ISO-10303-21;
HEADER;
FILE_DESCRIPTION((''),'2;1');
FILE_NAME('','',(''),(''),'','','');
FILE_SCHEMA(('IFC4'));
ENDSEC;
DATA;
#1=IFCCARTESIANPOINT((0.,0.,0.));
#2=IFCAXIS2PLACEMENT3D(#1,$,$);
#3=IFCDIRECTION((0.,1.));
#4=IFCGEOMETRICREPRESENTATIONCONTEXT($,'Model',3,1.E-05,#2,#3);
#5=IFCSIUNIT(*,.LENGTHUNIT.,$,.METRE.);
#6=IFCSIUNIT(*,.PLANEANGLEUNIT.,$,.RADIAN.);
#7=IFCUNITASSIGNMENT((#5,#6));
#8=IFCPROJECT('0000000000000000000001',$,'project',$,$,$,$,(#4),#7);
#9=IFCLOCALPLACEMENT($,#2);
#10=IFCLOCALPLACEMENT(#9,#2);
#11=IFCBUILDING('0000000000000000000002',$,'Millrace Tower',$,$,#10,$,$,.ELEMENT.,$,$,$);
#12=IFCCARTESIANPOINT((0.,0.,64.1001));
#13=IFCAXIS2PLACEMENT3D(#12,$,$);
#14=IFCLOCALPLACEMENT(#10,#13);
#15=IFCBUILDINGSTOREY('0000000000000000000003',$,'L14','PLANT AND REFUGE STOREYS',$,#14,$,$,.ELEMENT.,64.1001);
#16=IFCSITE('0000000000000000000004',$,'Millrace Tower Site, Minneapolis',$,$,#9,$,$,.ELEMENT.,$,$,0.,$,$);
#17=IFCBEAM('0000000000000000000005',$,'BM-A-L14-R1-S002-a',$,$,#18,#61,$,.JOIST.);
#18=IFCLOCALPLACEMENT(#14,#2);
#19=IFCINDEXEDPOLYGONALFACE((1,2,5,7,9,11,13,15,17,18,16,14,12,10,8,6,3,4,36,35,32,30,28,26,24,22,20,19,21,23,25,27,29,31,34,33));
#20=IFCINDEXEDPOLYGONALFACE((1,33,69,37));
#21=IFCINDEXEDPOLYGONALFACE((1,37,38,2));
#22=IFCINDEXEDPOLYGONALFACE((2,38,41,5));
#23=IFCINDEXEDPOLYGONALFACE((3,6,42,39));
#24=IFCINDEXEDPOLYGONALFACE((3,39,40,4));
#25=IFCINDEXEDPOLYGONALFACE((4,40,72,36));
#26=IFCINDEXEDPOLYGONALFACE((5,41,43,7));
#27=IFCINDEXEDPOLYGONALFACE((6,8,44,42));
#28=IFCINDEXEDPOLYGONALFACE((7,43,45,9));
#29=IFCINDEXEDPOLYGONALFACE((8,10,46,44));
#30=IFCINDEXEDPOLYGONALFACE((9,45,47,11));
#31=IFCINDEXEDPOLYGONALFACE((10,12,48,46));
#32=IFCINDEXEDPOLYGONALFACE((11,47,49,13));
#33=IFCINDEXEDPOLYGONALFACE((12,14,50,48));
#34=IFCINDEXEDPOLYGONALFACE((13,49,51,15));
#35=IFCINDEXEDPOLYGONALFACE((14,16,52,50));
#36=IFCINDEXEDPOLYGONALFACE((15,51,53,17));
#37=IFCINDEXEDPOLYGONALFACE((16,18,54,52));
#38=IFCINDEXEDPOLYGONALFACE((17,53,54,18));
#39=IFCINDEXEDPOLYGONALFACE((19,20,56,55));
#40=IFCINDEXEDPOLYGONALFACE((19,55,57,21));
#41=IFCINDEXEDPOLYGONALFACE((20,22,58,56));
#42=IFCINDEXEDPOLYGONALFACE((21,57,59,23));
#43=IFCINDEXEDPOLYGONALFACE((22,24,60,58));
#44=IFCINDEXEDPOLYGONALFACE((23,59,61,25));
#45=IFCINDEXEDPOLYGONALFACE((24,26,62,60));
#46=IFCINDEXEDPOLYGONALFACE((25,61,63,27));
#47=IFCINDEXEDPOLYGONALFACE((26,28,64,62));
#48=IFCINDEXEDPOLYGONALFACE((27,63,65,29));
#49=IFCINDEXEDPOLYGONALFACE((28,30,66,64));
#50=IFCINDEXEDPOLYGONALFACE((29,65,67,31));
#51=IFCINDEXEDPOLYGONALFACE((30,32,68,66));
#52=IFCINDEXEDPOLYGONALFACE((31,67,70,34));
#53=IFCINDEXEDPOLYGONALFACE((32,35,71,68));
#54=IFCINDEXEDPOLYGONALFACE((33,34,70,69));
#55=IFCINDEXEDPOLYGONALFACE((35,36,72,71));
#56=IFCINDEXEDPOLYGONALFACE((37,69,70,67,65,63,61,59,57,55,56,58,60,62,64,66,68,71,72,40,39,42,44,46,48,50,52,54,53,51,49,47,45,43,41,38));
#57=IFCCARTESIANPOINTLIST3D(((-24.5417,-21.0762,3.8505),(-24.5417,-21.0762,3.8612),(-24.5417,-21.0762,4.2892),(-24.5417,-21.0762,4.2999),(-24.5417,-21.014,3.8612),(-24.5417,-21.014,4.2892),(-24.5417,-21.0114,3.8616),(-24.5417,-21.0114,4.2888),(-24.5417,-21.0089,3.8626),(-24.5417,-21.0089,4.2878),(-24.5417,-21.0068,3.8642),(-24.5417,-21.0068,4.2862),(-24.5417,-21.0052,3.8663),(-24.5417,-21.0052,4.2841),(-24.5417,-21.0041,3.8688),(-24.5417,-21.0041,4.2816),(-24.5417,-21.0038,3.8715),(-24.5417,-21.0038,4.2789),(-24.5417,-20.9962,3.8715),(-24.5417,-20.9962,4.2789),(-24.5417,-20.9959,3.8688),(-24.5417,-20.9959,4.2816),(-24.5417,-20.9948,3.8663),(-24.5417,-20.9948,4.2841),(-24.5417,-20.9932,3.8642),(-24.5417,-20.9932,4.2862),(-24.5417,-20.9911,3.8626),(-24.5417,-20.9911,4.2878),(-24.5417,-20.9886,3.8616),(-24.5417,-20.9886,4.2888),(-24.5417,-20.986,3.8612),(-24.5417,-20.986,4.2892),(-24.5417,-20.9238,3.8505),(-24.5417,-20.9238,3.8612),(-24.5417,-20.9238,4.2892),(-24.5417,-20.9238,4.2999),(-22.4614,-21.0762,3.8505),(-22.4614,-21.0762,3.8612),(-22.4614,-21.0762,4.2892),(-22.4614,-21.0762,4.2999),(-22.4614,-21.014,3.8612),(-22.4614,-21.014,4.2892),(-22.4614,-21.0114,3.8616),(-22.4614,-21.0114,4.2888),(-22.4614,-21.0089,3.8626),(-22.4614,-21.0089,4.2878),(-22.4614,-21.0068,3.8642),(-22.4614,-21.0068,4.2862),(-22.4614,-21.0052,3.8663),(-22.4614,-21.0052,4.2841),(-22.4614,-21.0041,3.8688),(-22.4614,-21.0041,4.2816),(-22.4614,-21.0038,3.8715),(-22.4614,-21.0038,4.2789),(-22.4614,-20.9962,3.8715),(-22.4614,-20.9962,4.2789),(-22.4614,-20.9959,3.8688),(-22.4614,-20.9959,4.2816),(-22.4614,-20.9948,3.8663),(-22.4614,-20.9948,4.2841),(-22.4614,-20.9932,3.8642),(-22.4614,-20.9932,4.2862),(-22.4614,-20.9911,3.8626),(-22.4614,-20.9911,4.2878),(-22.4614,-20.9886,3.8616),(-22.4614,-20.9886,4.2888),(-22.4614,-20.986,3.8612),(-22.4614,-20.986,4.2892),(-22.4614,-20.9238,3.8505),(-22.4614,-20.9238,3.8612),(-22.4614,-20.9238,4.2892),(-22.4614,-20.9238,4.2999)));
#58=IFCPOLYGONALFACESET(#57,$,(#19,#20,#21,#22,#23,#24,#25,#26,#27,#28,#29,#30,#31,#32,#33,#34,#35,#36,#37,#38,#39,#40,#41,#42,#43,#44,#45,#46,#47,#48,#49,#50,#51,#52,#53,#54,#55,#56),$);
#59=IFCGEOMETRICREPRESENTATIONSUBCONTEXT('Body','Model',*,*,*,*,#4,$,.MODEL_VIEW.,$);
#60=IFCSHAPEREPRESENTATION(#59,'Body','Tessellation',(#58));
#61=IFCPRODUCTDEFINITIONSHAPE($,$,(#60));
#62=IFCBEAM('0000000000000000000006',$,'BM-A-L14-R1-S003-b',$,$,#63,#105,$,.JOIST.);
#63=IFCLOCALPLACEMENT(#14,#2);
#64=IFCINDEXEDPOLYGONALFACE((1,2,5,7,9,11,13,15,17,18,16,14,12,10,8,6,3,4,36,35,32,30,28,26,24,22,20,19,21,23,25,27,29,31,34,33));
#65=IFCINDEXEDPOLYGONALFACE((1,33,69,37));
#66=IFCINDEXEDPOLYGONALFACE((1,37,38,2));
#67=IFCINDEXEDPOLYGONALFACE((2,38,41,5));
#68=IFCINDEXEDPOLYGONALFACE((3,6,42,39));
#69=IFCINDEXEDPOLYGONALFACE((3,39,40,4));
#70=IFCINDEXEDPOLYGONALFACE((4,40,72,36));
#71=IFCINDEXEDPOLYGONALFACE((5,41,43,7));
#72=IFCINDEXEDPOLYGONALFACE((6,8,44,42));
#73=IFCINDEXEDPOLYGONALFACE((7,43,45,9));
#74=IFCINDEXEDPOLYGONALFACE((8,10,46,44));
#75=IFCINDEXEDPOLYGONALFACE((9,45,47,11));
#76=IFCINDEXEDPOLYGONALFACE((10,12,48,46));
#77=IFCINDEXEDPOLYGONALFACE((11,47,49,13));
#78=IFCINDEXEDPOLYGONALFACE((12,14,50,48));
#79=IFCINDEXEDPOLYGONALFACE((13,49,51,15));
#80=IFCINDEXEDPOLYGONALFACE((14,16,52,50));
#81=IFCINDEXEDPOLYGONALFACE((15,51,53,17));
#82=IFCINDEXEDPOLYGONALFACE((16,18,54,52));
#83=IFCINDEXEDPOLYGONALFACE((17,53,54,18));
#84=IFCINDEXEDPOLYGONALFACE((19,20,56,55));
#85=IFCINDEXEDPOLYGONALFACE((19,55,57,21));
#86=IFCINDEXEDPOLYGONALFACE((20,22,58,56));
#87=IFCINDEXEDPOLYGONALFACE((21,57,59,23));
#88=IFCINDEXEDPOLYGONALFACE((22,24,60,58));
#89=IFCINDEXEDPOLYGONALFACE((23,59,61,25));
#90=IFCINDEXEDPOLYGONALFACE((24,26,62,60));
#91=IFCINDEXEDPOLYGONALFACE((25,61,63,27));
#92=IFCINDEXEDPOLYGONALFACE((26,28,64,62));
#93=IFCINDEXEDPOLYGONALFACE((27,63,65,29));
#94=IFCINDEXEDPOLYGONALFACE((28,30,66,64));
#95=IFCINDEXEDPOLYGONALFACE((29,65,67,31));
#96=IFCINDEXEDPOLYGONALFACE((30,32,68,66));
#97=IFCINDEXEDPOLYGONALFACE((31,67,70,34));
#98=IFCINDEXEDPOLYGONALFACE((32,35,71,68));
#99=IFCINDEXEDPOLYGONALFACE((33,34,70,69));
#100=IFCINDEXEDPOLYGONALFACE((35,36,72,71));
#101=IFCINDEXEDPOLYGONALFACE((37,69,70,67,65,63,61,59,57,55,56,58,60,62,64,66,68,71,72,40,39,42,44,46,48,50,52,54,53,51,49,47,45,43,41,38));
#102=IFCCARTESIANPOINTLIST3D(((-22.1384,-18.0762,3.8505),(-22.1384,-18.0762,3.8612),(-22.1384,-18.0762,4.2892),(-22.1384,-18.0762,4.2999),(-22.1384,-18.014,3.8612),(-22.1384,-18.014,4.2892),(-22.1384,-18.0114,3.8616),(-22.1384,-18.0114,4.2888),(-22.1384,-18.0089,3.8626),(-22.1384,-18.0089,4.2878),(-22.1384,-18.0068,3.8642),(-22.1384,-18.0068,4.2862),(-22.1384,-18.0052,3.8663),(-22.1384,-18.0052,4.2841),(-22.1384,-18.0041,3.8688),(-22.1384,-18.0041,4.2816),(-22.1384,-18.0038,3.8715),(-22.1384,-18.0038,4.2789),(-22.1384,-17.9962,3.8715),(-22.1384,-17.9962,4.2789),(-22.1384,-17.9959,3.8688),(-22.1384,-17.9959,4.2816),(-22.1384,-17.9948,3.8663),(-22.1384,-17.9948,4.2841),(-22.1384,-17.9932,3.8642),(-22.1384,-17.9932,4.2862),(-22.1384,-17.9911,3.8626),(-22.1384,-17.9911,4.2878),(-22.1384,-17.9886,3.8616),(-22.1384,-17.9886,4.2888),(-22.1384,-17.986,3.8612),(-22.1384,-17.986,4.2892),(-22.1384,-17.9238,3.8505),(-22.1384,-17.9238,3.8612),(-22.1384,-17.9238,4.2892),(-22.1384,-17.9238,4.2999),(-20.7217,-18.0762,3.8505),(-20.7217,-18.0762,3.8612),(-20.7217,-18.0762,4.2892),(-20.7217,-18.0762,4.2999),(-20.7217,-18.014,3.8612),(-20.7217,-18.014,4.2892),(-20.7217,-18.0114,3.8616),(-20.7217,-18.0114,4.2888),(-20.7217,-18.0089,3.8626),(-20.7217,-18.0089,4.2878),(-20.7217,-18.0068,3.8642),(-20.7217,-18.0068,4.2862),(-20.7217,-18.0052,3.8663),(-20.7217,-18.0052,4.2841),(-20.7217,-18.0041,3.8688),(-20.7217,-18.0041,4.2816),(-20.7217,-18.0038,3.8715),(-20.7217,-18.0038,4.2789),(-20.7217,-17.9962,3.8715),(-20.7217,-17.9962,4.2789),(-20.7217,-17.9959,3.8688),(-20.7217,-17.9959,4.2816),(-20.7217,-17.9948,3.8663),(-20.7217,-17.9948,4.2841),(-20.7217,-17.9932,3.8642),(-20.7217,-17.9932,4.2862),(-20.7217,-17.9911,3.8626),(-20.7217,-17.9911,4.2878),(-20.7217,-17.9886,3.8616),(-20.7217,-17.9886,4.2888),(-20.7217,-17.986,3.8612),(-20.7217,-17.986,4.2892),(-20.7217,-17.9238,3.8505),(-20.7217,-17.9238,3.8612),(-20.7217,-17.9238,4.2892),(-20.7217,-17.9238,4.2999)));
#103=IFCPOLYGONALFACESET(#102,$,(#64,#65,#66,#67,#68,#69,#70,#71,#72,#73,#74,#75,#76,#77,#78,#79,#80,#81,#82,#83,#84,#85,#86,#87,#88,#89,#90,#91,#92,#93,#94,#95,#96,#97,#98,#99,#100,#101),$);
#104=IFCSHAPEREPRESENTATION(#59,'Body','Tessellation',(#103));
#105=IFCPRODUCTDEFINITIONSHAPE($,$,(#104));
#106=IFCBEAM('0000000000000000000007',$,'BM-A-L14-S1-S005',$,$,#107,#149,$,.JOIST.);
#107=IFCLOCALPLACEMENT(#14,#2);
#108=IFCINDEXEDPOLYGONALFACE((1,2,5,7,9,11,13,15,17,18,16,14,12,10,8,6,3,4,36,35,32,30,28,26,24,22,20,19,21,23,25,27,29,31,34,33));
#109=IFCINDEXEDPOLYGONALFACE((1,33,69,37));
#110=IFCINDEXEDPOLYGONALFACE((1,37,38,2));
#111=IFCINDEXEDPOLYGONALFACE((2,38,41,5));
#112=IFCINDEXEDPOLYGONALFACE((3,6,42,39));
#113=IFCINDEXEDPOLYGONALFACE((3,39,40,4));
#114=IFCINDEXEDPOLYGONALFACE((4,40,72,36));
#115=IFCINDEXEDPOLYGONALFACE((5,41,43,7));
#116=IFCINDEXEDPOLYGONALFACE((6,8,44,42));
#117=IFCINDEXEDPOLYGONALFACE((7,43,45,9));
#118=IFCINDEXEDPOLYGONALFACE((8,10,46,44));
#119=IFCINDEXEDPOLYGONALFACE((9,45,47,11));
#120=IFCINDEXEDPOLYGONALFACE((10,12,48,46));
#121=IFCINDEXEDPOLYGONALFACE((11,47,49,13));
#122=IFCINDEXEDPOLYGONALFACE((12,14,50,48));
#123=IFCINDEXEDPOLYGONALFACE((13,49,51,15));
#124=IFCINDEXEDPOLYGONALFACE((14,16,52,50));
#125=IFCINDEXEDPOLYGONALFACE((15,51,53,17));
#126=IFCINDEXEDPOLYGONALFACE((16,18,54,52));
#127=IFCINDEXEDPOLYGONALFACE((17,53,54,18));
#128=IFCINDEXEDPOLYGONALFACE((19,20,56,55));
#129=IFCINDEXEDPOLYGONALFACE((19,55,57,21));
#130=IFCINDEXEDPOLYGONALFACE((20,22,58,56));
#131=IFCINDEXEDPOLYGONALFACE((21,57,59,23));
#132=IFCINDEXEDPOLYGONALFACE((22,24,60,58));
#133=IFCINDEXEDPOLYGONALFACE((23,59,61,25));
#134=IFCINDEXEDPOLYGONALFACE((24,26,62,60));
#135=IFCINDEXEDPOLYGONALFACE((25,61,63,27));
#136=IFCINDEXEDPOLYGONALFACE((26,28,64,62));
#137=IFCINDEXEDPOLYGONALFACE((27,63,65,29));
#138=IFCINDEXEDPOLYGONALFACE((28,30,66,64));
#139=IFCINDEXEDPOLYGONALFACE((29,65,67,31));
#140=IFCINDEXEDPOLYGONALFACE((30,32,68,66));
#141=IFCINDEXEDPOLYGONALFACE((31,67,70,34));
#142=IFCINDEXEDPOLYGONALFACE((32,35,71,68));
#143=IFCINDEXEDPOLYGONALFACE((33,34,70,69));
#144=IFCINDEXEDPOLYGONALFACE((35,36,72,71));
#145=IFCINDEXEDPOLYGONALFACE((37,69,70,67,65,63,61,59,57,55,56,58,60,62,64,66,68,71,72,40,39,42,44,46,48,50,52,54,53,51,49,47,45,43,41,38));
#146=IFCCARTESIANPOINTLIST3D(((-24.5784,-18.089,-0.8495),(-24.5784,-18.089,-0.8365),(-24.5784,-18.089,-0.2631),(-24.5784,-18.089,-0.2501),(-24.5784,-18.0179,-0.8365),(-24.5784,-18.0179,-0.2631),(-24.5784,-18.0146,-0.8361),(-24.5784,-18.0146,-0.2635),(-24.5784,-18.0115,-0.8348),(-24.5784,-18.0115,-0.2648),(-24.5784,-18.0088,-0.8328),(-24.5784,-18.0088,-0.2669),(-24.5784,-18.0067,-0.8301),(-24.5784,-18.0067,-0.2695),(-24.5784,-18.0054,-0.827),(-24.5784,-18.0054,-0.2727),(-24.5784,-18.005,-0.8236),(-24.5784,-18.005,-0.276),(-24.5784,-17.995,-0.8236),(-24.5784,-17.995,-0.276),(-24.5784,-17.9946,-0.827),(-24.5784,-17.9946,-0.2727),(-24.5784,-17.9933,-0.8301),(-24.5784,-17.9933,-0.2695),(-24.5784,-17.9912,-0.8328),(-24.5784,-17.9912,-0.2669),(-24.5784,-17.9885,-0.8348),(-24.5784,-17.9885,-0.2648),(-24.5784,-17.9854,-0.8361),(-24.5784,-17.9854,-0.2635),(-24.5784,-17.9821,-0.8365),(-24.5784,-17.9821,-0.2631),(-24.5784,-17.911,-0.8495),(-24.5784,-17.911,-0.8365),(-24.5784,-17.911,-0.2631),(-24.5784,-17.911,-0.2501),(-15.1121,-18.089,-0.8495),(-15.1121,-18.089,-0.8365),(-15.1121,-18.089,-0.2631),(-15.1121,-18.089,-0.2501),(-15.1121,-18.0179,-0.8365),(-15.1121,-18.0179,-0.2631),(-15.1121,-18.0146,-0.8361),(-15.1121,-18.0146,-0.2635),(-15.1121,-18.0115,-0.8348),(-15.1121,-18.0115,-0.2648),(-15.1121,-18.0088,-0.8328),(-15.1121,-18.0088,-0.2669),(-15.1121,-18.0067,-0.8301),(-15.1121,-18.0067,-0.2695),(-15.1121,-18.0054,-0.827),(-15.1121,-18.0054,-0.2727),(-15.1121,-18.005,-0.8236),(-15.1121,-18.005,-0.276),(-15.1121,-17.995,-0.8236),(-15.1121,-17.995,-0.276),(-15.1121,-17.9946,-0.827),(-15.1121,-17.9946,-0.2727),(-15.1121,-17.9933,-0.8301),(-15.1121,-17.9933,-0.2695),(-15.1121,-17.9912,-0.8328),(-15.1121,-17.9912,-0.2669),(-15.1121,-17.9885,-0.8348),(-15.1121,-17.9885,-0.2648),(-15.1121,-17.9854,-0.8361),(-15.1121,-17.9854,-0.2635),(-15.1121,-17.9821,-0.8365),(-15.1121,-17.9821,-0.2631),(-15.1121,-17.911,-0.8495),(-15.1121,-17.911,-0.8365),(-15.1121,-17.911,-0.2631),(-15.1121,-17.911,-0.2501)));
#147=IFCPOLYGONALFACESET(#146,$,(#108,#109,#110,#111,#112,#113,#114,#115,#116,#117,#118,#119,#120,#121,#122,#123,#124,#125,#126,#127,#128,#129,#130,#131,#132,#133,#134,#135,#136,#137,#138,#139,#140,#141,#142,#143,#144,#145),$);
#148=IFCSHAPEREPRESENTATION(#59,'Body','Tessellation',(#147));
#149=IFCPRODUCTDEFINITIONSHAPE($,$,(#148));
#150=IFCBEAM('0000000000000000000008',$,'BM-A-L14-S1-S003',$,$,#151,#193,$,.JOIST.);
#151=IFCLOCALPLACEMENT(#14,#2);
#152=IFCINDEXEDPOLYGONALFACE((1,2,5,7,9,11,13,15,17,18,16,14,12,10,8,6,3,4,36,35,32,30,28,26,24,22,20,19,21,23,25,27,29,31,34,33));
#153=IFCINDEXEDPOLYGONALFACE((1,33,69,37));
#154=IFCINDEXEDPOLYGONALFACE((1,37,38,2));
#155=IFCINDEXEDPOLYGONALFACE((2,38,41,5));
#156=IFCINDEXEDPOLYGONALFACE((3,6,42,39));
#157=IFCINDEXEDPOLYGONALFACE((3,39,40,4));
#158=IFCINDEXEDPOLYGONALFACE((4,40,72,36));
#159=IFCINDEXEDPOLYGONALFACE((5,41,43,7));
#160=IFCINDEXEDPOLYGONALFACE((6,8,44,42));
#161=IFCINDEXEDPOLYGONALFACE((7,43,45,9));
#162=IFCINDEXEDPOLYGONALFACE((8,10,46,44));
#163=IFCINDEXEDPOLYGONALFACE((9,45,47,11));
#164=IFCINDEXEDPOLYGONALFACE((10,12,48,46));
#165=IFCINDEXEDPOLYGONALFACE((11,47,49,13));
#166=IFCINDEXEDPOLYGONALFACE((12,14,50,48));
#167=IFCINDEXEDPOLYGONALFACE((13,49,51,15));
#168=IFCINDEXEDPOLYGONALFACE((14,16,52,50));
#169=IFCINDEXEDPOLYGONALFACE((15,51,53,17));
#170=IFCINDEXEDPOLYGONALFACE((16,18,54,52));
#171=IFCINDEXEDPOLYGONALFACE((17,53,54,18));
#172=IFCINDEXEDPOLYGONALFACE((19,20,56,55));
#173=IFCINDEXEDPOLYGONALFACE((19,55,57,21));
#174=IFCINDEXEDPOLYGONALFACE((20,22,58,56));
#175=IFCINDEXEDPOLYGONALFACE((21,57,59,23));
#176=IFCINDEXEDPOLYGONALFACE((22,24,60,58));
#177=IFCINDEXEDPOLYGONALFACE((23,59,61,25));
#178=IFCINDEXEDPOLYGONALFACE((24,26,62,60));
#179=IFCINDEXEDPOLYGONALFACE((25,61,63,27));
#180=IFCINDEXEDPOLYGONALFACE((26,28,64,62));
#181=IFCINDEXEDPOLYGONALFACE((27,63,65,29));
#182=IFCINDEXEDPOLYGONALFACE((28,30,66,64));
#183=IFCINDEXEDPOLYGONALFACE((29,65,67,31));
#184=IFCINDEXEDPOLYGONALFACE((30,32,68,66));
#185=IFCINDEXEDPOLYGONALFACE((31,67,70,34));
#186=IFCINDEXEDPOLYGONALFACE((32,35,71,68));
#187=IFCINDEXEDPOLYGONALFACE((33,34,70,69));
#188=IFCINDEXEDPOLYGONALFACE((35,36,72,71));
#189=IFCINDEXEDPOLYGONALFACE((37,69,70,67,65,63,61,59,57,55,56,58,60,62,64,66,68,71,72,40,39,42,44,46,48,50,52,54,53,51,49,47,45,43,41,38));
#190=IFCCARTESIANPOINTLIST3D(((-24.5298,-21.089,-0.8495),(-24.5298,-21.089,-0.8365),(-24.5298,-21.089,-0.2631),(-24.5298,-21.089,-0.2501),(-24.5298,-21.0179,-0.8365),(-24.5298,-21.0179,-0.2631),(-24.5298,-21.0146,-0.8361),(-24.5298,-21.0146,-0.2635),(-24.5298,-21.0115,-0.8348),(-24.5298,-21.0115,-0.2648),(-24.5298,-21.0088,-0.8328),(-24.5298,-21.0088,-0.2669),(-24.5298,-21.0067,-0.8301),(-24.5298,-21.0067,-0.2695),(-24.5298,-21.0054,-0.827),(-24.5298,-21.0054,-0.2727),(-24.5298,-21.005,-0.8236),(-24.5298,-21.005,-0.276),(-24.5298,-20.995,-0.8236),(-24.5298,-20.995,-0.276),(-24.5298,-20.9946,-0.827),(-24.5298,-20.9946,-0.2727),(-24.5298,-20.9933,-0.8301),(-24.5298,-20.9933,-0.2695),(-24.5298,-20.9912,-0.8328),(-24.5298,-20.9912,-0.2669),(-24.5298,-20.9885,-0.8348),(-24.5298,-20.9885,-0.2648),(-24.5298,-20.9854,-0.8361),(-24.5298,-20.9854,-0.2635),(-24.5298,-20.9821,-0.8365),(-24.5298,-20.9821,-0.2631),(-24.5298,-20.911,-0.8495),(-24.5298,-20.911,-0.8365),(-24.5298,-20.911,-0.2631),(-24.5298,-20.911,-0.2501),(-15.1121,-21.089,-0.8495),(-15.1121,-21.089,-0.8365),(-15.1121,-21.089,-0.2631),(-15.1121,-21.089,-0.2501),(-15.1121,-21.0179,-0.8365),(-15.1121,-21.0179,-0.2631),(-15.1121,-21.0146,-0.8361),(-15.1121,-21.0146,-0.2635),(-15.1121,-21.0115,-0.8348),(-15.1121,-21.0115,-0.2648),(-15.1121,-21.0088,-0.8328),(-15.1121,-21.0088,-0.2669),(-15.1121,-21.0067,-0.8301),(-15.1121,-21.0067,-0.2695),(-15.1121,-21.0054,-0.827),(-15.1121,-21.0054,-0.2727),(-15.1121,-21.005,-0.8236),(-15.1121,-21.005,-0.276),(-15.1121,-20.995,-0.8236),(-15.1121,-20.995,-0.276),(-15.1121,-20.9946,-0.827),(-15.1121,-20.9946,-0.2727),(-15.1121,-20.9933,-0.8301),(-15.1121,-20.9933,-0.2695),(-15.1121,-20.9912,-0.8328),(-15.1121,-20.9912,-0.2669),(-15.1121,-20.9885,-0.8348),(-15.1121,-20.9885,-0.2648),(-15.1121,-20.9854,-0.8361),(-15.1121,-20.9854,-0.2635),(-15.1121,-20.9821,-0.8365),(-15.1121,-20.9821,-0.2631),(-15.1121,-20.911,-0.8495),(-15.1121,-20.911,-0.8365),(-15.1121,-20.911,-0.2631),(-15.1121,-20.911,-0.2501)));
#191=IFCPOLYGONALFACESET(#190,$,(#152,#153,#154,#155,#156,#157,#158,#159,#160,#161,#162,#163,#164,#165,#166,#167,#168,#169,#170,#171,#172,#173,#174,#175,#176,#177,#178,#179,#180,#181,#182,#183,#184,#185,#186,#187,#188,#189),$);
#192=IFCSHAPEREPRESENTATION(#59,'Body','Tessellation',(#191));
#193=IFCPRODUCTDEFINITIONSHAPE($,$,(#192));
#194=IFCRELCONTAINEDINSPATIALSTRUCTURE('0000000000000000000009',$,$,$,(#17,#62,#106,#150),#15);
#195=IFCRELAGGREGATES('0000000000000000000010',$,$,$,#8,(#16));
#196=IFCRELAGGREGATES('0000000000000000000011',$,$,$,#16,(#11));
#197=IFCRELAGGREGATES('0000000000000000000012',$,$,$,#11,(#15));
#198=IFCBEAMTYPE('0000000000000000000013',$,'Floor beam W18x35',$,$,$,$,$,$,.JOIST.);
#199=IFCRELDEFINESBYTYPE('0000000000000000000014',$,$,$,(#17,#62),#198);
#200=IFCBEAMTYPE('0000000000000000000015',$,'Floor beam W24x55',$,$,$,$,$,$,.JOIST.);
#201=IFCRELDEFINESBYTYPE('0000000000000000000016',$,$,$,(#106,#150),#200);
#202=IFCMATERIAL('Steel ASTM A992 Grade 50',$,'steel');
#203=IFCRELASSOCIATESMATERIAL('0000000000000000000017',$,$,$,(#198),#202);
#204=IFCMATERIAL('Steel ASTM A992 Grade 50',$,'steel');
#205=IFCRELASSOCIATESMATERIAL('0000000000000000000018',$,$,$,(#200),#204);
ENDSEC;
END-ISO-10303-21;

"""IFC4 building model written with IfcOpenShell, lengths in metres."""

from ifc_helpers import new_model, si_unit, direction, frame, origin, origin_2d, place, context, subcontext, project, spatial, i_section, extrude, material, material_profile, profile_set, type_object, element, save


model = new_model("IFC4")

# Units and contexts
model_context = context("Model", 3, precision=1e-05, world=origin(), true_north=direction((0.0, 1.0)))
body_context = subcontext(model_context, "Body", "Model", "MODEL_VIEW")
ifc_project = project(units=[si_unit("LENGTHUNIT", "METRE"), si_unit("PLANEANGLEUNIT", "RADIAN")], contexts=[model_context])

# Site, building, storey
site_placement = place(None, origin())
site = spatial("IfcSite", under=ifc_project, at=site_placement, Name="Millrace Tower Site, Minneapolis", CompositionType="ELEMENT", RefElevation=0.0)
building_placement = place(site_placement, origin())
building = spatial("IfcBuilding", under=site, at=building_placement, Name="Millrace Tower", CompositionType="ELEMENT")
storey_placement = place(building_placement, frame((0.0, 0.0, 64.1001)))
storey = spatial("IfcBuildingStorey", under=building, at=storey_placement, Name="L14", Description="PLANT AND REFUGE STOREYS", CompositionType="ELEMENT", Elevation=64.1001)

# Beams
ifc_material_1 = material(Name="Steel ASTM A992 Grade 50", Category="steel")
ifc_material_profile_1 = material_profile(ifc_material_1, i_section(OverallWidth=0.1523, OverallDepth=0.4495, WebThickness=0.0076, FlangeThickness=0.0107, FilletRadius=0.0103, at=origin_2d()))
ifc_profile_set_1 = profile_set([ifc_material_profile_1], Name="Steel ASTM A992 Grade 50")
beam_type_1 = type_object("IfcBeamType", Name="Floor beam W18x35", PredefinedType="JOIST", material=ifc_profile_set_1)
beam_1_placement = place(storey_placement, frame((-24.5417, -21.0, 4.0752), z_axis=(1.0, 0.0, 0.0), x_axis=(0.0, 1.0, 0.0)))
element("IfcBeam", 1, at=beam_1_placement, inside=storey, type_object=beam_type_1, Name="BM-A-L14-R1-S002-a", PredefinedType="JOIST", context=body_context, shape_type="SweptSolid", body=[
    extrude(i_section(OverallWidth=0.1523, OverallDepth=0.4495, WebThickness=0.0076, FlangeThickness=0.0107, FilletRadius=0.0103, at=origin_2d()), origin(), (0.0, 0.0, 1.0), 2.0803),
])
beam_2_placement = place(storey_placement, frame((-22.1384, -18.0, 4.0752), z_axis=(1.0, 0.0, 0.0), x_axis=(0.0, 1.0, 0.0)))
element("IfcBeam", 2, at=beam_2_placement, inside=storey, type_object=beam_type_1, Name="BM-A-L14-R1-S003-b", PredefinedType="JOIST", context=body_context, shape_type="SweptSolid", body=[
    extrude(i_section(OverallWidth=0.1523, OverallDepth=0.4495, WebThickness=0.0076, FlangeThickness=0.0107, FilletRadius=0.0103, at=origin_2d()), origin(), (0.0, 0.0, 1.0), 1.4167),
])
ifc_material_2 = material(Name="Steel ASTM A992 Grade 50", Category="steel")
ifc_material_profile_2 = material_profile(ifc_material_2, i_section(OverallWidth=0.178, OverallDepth=0.5994, WebThickness=0.01, FlangeThickness=0.0129, FilletRadius=0.0129, at=origin_2d()))
ifc_profile_set_2 = profile_set([ifc_material_profile_2], Name="Steel ASTM A992 Grade 50")
beam_type_2 = type_object("IfcBeamType", Name="Floor beam W24x55", PredefinedType="JOIST", material=ifc_profile_set_2)
beam_3_placement = place(storey_placement, frame((-24.5784, -18.0, -0.5498), z_axis=(1.0, 0.0, 0.0), x_axis=(0.0, 1.0, 0.0)))
element("IfcBeam", 3, at=beam_3_placement, inside=storey, type_object=beam_type_2, Name="BM-A-L14-S1-S005", PredefinedType="JOIST", context=body_context, shape_type="SweptSolid", body=[
    extrude(i_section(OverallWidth=0.178, OverallDepth=0.5994, WebThickness=0.01, FlangeThickness=0.0129, FilletRadius=0.0129, at=origin_2d()), origin(), (0.0, 0.0, 1.0), 9.4663),
])
beam_4_placement = place(storey_placement, frame((-24.5298, -21.0, -0.5498), z_axis=(1.0, 0.0, 0.0), x_axis=(0.0, 1.0, 0.0)))
element("IfcBeam", 4, at=beam_4_placement, inside=storey, type_object=beam_type_2, Name="BM-A-L14-S1-S003", PredefinedType="JOIST", context=body_context, shape_type="SweptSolid", body=[
    extrude(i_section(OverallWidth=0.178, OverallDepth=0.5994, WebThickness=0.01, FlangeThickness=0.0129, FilletRadius=0.0129, at=origin_2d()), origin(), (0.0, 0.0, 1.0), 9.4177),
])

save(model, "model.ifc")
